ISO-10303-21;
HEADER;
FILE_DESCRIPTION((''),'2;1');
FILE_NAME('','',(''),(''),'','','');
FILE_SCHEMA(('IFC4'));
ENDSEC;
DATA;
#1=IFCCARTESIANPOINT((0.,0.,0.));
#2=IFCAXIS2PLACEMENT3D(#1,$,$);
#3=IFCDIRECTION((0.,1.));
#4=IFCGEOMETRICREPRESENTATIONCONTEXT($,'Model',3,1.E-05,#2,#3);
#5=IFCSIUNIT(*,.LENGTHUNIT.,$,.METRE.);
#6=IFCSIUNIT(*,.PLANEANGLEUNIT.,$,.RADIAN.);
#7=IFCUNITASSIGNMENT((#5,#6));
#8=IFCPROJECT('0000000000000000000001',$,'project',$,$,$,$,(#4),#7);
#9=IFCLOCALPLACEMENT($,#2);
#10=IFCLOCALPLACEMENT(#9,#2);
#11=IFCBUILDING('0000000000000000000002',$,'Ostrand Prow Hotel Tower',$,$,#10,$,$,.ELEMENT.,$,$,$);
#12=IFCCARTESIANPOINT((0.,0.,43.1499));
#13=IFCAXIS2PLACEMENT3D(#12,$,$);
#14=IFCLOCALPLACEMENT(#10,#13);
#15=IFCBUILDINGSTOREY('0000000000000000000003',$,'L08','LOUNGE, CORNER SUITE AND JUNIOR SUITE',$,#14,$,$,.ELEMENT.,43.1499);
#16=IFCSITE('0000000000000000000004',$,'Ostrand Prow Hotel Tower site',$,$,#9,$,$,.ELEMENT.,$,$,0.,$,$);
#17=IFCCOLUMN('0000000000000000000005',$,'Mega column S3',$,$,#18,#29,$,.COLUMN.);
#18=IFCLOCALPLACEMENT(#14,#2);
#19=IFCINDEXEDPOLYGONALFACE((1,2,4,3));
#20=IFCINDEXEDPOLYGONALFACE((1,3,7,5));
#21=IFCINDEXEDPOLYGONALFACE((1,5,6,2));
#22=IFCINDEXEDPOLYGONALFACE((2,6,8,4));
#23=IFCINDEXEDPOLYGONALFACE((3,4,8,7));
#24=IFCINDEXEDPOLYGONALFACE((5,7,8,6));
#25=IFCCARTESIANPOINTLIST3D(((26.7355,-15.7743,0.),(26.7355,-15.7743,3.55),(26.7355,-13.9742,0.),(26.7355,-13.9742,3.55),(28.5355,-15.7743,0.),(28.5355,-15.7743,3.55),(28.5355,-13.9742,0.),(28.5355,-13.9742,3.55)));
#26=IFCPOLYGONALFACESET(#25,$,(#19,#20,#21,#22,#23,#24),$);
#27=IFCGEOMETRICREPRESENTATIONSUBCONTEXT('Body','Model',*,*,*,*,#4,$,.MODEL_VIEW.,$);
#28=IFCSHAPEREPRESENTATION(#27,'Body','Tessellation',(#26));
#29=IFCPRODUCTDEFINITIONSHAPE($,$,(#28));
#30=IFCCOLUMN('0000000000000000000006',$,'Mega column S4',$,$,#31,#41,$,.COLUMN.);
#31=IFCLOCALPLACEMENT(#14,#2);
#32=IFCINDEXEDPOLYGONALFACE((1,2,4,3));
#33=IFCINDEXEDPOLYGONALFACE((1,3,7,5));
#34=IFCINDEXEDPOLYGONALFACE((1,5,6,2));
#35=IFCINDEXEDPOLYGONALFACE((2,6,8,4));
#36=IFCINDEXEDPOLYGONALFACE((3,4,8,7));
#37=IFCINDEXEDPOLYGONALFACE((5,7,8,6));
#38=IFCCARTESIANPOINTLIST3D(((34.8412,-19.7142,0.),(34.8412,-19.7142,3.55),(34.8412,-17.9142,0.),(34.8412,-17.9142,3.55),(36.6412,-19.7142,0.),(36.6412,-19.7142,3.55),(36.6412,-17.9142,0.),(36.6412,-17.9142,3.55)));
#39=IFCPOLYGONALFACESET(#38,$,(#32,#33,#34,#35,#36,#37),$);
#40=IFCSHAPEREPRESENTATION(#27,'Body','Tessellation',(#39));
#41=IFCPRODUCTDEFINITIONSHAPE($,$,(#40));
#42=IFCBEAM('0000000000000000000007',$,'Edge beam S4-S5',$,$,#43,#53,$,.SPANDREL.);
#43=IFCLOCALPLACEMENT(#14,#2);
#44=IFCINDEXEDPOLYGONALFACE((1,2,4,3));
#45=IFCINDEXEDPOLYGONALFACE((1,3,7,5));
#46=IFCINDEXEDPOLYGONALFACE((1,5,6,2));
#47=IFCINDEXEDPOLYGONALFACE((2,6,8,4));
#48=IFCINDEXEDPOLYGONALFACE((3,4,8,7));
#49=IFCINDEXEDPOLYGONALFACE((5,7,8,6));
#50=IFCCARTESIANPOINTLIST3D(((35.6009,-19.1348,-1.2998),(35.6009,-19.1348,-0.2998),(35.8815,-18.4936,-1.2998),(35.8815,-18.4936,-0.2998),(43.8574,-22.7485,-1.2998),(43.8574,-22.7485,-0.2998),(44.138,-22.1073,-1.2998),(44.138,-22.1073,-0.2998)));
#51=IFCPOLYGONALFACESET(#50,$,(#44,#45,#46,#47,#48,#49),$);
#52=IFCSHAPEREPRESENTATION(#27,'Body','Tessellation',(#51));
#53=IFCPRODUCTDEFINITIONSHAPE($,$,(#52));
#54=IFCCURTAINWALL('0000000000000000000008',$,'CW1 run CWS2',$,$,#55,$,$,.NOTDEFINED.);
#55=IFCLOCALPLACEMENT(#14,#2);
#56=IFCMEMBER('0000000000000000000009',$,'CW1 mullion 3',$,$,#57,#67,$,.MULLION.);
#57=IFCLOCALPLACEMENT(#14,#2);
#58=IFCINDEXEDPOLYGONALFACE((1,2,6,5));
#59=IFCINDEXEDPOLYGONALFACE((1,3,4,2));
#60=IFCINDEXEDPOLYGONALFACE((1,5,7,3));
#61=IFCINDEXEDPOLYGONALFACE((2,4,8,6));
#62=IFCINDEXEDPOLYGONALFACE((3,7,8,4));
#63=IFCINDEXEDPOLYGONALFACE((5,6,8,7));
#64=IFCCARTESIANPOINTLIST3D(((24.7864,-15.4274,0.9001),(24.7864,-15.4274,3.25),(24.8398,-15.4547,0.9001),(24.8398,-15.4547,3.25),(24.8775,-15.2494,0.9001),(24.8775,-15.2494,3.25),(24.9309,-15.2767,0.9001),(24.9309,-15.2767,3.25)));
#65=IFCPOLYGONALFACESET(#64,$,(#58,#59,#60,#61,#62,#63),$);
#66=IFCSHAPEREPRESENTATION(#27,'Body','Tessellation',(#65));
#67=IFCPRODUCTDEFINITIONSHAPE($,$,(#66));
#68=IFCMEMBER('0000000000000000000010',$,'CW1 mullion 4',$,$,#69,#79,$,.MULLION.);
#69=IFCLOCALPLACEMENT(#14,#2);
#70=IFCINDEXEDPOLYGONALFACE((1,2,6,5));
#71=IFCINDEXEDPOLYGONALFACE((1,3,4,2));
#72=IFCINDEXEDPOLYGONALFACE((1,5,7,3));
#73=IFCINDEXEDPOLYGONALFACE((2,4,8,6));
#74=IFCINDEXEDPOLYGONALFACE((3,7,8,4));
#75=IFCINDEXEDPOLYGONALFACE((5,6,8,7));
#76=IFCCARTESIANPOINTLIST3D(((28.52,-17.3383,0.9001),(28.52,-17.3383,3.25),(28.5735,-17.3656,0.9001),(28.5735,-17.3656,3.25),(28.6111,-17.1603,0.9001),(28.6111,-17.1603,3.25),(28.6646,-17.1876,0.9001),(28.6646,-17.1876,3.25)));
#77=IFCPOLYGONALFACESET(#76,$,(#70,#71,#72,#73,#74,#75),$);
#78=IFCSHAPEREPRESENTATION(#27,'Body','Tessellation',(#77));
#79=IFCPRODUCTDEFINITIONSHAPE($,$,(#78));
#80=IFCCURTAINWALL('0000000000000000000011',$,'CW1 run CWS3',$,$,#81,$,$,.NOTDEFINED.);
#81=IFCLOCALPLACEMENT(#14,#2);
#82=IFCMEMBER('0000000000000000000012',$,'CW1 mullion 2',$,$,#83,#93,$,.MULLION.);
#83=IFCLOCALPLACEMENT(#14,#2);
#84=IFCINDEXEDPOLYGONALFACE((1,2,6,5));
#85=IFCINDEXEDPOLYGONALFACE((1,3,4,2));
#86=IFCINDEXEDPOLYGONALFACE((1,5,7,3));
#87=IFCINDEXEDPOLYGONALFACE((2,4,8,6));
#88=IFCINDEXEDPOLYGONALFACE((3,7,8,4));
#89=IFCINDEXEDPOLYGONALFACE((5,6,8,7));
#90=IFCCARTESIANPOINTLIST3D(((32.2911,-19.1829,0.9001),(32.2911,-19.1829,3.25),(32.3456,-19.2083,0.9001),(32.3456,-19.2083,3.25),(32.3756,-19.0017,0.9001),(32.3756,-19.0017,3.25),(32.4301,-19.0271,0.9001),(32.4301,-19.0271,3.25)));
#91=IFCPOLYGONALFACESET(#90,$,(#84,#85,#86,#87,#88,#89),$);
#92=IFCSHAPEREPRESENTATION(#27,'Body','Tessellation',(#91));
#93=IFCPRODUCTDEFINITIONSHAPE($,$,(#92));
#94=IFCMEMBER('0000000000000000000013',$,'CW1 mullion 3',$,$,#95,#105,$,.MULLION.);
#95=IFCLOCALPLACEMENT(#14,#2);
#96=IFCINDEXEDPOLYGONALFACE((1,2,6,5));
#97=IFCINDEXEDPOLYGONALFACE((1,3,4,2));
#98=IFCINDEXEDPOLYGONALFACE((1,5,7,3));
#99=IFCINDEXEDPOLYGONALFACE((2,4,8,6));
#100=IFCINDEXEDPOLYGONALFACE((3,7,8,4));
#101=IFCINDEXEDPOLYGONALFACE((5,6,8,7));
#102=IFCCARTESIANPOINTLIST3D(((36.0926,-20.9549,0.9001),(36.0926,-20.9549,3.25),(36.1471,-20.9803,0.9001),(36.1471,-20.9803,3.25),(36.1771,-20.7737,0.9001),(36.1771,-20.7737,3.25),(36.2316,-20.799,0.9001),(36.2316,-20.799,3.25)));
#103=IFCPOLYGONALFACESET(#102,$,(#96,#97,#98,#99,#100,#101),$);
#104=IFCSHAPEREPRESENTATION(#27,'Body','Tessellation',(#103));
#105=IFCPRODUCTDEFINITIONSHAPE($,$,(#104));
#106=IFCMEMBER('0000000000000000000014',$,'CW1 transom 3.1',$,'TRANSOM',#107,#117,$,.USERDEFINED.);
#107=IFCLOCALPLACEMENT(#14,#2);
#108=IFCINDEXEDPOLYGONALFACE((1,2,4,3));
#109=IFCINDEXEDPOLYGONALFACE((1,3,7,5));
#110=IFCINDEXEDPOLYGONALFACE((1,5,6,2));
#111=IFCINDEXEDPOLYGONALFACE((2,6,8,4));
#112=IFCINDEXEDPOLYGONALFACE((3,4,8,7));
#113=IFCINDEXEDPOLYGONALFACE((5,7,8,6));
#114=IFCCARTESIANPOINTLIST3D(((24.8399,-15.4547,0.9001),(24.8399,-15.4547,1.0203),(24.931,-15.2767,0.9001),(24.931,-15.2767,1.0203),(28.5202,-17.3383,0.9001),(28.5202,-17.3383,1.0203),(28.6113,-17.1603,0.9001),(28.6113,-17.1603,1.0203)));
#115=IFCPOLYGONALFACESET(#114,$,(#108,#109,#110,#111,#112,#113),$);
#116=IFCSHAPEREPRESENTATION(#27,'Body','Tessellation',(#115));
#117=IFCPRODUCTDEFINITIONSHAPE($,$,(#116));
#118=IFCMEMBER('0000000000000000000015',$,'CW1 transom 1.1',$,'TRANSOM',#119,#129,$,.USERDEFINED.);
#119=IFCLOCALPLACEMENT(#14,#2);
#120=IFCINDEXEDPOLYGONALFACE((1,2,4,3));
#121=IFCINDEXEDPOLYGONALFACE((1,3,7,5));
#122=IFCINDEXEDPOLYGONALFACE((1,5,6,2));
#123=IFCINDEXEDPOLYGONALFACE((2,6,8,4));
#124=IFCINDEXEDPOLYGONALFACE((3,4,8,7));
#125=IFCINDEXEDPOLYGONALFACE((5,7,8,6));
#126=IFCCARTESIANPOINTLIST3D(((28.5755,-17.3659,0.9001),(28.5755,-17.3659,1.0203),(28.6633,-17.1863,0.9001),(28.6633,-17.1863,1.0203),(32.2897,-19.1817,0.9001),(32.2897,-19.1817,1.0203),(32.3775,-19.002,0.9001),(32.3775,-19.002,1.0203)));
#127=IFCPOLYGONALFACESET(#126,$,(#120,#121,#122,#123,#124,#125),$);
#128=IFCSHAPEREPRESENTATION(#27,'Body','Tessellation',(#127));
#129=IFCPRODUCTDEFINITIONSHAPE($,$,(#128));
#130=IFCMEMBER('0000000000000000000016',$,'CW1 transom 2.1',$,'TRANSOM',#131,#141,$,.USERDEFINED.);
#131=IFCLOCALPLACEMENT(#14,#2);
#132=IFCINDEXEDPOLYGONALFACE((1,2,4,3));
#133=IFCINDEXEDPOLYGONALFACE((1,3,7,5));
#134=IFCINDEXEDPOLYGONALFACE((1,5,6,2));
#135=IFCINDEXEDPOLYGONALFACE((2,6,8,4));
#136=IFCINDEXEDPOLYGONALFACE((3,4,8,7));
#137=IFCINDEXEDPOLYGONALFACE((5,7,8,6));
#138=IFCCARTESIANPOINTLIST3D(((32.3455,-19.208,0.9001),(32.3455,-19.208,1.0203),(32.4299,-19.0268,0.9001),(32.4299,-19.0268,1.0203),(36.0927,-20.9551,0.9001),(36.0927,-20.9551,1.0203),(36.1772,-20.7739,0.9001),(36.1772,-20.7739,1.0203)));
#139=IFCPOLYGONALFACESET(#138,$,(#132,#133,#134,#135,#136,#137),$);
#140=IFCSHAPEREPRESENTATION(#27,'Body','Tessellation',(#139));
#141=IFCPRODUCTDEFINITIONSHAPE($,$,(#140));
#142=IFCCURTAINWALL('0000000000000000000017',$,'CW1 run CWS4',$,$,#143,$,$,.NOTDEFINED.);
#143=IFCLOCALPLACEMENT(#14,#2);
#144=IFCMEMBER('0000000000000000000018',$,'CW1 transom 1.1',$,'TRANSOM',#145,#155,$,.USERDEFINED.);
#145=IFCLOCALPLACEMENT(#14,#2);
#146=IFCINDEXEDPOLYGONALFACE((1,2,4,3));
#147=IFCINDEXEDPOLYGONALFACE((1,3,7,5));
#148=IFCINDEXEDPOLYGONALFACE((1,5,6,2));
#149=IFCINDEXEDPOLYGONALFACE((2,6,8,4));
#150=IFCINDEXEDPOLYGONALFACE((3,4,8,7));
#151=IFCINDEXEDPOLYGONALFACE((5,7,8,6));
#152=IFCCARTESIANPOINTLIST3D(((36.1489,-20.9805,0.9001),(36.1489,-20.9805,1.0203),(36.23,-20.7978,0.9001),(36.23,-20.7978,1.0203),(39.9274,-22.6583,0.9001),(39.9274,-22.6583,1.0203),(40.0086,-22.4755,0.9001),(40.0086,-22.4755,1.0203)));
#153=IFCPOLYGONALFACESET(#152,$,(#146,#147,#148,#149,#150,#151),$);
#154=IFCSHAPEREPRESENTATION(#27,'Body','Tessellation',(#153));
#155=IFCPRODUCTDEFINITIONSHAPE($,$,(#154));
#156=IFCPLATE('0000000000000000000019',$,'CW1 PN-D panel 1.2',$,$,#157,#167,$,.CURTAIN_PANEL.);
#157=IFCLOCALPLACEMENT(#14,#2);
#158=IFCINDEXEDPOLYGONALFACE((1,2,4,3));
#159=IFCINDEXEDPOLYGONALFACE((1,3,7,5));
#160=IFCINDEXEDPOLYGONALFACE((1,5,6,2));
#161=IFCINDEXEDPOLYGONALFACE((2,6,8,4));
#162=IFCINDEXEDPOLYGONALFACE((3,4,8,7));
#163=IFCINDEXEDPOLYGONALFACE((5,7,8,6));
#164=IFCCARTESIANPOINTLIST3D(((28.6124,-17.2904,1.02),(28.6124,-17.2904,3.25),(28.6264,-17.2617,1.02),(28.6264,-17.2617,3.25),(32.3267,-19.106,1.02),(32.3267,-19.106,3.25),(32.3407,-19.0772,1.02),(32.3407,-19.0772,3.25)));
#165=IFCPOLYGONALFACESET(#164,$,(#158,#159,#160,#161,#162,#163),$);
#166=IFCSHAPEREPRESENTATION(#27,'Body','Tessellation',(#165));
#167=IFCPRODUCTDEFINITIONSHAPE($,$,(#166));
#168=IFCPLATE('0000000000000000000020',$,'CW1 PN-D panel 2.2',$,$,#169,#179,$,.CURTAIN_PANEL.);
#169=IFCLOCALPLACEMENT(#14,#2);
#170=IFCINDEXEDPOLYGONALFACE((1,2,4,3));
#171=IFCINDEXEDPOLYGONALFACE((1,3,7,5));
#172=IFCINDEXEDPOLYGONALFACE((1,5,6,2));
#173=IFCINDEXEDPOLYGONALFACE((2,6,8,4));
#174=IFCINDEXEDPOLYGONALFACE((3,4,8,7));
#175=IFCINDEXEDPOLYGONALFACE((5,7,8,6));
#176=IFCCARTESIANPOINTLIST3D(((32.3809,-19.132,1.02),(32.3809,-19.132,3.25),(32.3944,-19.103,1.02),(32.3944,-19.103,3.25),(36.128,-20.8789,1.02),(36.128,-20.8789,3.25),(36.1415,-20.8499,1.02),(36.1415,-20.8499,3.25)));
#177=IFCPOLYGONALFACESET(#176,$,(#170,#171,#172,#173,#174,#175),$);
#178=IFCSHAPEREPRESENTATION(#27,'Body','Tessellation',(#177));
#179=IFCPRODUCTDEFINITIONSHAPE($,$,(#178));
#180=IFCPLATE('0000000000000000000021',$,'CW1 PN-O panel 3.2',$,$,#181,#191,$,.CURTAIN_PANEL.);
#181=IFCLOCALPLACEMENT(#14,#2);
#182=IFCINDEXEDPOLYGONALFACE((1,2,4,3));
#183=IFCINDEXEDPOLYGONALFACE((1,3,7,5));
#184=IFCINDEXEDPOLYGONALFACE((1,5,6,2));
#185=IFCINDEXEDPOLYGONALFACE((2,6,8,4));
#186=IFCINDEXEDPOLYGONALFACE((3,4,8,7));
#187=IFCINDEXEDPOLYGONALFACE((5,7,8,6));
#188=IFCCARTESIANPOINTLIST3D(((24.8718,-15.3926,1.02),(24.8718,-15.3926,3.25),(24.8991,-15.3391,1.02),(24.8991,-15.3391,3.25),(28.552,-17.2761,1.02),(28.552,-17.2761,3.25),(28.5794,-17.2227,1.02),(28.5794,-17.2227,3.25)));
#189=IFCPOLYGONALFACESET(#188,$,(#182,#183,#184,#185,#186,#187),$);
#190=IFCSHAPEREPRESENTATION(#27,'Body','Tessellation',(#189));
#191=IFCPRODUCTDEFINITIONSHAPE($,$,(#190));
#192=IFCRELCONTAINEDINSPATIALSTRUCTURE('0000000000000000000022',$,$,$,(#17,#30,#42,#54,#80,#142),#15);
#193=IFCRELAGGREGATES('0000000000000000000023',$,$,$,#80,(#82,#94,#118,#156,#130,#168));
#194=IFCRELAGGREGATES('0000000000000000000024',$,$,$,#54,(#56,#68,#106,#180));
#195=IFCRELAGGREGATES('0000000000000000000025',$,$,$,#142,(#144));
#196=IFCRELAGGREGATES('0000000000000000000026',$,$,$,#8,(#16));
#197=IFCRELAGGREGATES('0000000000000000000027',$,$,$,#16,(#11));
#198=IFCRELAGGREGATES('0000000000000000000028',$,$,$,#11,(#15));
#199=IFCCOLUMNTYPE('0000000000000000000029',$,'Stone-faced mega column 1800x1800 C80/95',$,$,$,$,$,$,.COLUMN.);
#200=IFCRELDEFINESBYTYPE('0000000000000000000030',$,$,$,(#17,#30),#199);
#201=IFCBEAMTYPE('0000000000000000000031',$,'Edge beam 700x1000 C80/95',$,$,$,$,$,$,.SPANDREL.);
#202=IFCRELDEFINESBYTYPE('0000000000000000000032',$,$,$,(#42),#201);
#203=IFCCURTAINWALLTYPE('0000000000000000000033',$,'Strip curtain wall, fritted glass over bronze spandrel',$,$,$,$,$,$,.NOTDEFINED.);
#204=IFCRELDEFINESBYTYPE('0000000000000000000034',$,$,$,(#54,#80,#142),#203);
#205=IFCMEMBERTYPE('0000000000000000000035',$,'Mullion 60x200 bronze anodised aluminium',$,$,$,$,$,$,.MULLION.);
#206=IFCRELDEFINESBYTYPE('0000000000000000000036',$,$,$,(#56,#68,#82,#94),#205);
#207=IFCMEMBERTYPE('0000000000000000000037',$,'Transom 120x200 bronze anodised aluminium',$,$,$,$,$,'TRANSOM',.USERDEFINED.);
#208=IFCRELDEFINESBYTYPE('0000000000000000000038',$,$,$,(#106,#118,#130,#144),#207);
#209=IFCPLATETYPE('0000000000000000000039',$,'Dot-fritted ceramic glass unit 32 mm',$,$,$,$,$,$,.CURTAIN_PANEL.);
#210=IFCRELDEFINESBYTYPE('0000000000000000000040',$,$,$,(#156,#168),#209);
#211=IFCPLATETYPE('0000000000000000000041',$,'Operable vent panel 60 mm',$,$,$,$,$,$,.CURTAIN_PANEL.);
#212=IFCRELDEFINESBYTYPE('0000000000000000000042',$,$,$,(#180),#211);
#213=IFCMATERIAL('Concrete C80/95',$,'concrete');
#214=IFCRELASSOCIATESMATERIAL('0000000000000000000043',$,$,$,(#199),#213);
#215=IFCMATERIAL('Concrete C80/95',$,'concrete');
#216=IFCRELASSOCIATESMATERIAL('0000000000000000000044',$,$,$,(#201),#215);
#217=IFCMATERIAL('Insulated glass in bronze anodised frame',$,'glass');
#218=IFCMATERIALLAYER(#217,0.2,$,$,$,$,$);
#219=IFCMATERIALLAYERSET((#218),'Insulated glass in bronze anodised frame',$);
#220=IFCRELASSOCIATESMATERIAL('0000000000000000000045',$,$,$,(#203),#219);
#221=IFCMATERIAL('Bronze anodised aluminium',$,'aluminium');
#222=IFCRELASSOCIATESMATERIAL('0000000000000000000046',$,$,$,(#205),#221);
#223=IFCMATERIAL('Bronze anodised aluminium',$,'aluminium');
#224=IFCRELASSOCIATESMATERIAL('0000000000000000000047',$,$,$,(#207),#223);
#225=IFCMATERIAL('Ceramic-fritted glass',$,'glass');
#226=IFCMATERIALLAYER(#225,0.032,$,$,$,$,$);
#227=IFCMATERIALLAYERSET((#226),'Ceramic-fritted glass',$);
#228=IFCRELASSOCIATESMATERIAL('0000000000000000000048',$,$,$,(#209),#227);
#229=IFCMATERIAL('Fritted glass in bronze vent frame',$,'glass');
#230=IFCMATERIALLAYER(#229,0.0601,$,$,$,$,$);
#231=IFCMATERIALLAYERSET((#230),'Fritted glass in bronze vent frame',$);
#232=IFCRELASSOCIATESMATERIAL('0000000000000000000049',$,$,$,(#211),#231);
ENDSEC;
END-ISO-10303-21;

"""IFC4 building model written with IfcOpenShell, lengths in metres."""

from ifc_helpers import new_model, si_unit, direction, frame, origin, origin_2d, place, context, subcontext, project, spatial, rectangle, extrude, material, layer, layer_set, material_profile, profile_set, type_object, element, aggregate, save


model = new_model("IFC4")

# Units and contexts
model_context = context("Model", 3, precision=1e-05, world=origin(), true_north=direction((0.0, 1.0)))
body_context = subcontext(model_context, "Body", "Model", "MODEL_VIEW")
ifc_project = project(units=[si_unit("LENGTHUNIT", "METRE"), si_unit("PLANEANGLEUNIT", "RADIAN")], contexts=[model_context])

# Site, building, storey
site_placement = place(None, origin())
site = spatial("IfcSite", under=ifc_project, at=site_placement, Name="Ostrand Prow Hotel Tower site", CompositionType="ELEMENT", RefElevation=0.0)
building_placement = place(site_placement, origin())
building = spatial("IfcBuilding", under=site, at=building_placement, Name="Ostrand Prow Hotel Tower", CompositionType="ELEMENT")
storey_placement = place(building_placement, frame((0.0, 0.0, 43.1499)))
storey = spatial("IfcBuildingStorey", under=building, at=storey_placement, Name="L08", Description="LOUNGE, CORNER SUITE AND JUNIOR SUITE", CompositionType="ELEMENT", Elevation=43.1499)

# Columns
ifc_material_1 = material(Name="Concrete C80/95", Category="concrete")
ifc_material_profile_1 = material_profile(ifc_material_1, rectangle(XDim=1.8, YDim=1.8, at=origin_2d()), Name="RC 1800x1800")
ifc_profile_set_1 = profile_set([ifc_material_profile_1], Name="Concrete C80/95")
column_type = type_object("IfcColumnType", Name="Stone-faced mega column 1800x1800 C80/95", PredefinedType="COLUMN", material=ifc_profile_set_1)
for number, where, z_axis, x_axis, name in (
    (1, (27.6355, -14.8743, 0.0), (0.0, 0.0, 1.0), (1.0, 0.0, 0.0), "Mega column S3"),
    (2, (35.7412, -18.8142, 0.0), (0.0, 0.0, 1.0), (1.0, 0.0, 0.0), "Mega column S4"),
):
    element("IfcColumn", number, at=place(storey_placement, frame(where, z_axis=z_axis, x_axis=x_axis)), inside=storey, type_object=column_type, Name=name, PredefinedType="COLUMN", context=body_context, shape_type="SweptSolid", body=[
        extrude(rectangle(XDim=1.8, YDim=1.8, at=origin_2d()), origin(), (0.0, 0.0, 1.0), 3.55),
    ])

# Beam
ifc_material_2 = material(Name="Concrete C80/95", Category="concrete")
ifc_material_profile_2 = material_profile(ifc_material_2, rectangle(XDim=0.7, YDim=1.0, at=origin_2d()), Name="RC 700x1000")
ifc_profile_set_2 = profile_set([ifc_material_profile_2], Name="Concrete C80/95")
beam_type = type_object("IfcBeamType", Name="Edge beam 700x1000 C80/95", PredefinedType="SPANDREL", material=ifc_profile_set_2)
beam_placement = place(storey_placement, frame((35.7412, -18.8142, -0.7998), z_axis=(0.916096, -0.40096, 0.0), x_axis=(0.40096, 0.916096, 0.0)))
element("IfcBeam", 3, at=beam_placement, inside=storey, type_object=beam_type, Name="Edge beam S4-S5", PredefinedType="SPANDREL", context=body_context, shape_type="SweptSolid", body=[
    extrude(rectangle(XDim=0.7, YDim=1.0, at=origin_2d()), origin(), (0.0, 0.0, 1.0), 9.0127),
])

# Curtain walls, members
ifc_material_3 = material(Name="Insulated glass in bronze anodised frame", Category="glass")
ifc_layer_1 = layer(ifc_material_3, 0.2)
ifc_layer_set_1 = layer_set([ifc_layer_1], Name="Insulated glass in bronze anodised frame")
curtain_wall_type = type_object("IfcCurtainWallType", Name="Strip curtain wall, fritted glass over bronze spandrel", PredefinedType="NOTDEFINED", material=ifc_layer_set_1)
curtain_wall_1_placement = place(storey_placement, origin())
curtain_wall_1 = element("IfcCurtainWall", 4, at=curtain_wall_1_placement, inside=storey, type_object=curtain_wall_type, Name="CW1 run CWS2", PredefinedType="NOTDEFINED")
ifc_material_4 = material(Name="Bronze anodised aluminium", Category="aluminium")
ifc_material_profile_3 = material_profile(ifc_material_4, rectangle(XDim=0.2, YDim=0.0601, at=origin_2d()), Name="Mullion 60x200 bronze anodised aluminium")
ifc_profile_set_3 = profile_set([ifc_material_profile_3], Name="Bronze anodised aluminium")
member_type_1 = type_object("IfcMemberType", Name="Mullion 60x200 bronze anodised aluminium", PredefinedType="MULLION", material=ifc_profile_set_3)
member_1_placement = place(storey_placement, frame((24.8586, -15.3521, 0.9001), z_axis=(0.0, 0.0, 1.0), x_axis=(0.455596, 0.890187, 0.0)))
member_1 = element("IfcMember", 5, at=member_1_placement, type_object=member_type_1, Name="CW1 mullion 3", PredefinedType="MULLION", context=body_context, shape_type="SweptSolid", body=[
    extrude(rectangle(XDim=0.2, YDim=0.0601, at=origin_2d()), origin(), (0.0, 0.0, 1.0), 2.3499),
])
member_2_placement = place(storey_placement, frame((28.5923, -17.2629, 0.9001), z_axis=(0.0, 0.0, 1.0), x_axis=(0.455596, 0.890187, 0.0)))
member_2 = element("IfcMember", 6, at=member_2_placement, type_object=member_type_1, Name="CW1 mullion 4", PredefinedType="MULLION", context=body_context, shape_type="SweptSolid", body=[
    extrude(rectangle(XDim=0.2, YDim=0.0601, at=origin_2d()), origin(), (0.0, 0.0, 1.0), 2.3499),
])
curtain_wall_2_placement = place(storey_placement, origin())
curtain_wall_2 = element("IfcCurtainWall", 7, at=curtain_wall_2_placement, inside=storey, type_object=curtain_wall_type, Name="CW1 run CWS3", PredefinedType="NOTDEFINED")
member_3_placement = place(storey_placement, frame((32.3606, -19.105, 0.9001), z_axis=(0.0, 0.0, 1.0), x_axis=(0.42253, 0.906349, 0.0)))
member_3 = element("IfcMember", 8, at=member_3_placement, type_object=member_type_1, Name="CW1 mullion 2", PredefinedType="MULLION", context=body_context, shape_type="SweptSolid", body=[
    extrude(rectangle(XDim=0.2, YDim=0.0601, at=origin_2d()), origin(), (0.0, 0.0, 1.0), 2.3499),
])
member_4_placement = place(storey_placement, frame((36.1621, -20.877, 0.9001), z_axis=(0.0, 0.0, 1.0), x_axis=(0.42253, 0.906349, 0.0)))
member_4 = element("IfcMember", 9, at=member_4_placement, type_object=member_type_1, Name="CW1 mullion 3", PredefinedType="MULLION", context=body_context, shape_type="SweptSolid", body=[
    extrude(rectangle(XDim=0.2, YDim=0.0601, at=origin_2d()), origin(), (0.0, 0.0, 1.0), 2.3499),
])

# Members
ifc_material_5 = material(Name="Bronze anodised aluminium", Category="aluminium")
ifc_material_profile_4 = material_profile(ifc_material_5, rectangle(XDim=0.2, YDim=0.1201, at=origin_2d()), Name="Transom 120x200 bronze anodised aluminium")
ifc_profile_set_4 = profile_set([ifc_material_profile_4], Name="Bronze anodised aluminium")
member_type_2 = type_object("IfcMemberType", Name="Transom 120x200 bronze anodised aluminium", ElementType="TRANSOM", PredefinedType="USERDEFINED", material=ifc_profile_set_4)
member_5_placement = place(storey_placement, frame((24.8855, -15.3657, 0.9602), z_axis=(0.890183, -0.455603, 0.0), x_axis=(0.455603, 0.890183, 0.0)))
member_5 = element("IfcMember", 10, at=member_5_placement, type_object=member_type_2, Name="CW1 transom 3.1", ObjectType="TRANSOM", PredefinedType="USERDEFINED", context=body_context, shape_type="SweptSolid", body=[
    extrude(rectangle(XDim=0.2, YDim=0.1201, at=origin_2d()), origin(), (0.0, 0.0, 1.0), 4.1343),
])
member_6_placement = place(storey_placement, frame((28.6194, -17.2761, 0.9602), z_axis=(0.898395, -0.439188, 0.0), x_axis=(0.439188, 0.898395, 0.0)))
member_6 = element("IfcMember", 11, at=member_6_placement, type_object=member_type_2, Name="CW1 transom 1.1", ObjectType="TRANSOM", PredefinedType="USERDEFINED", context=body_context, shape_type="SweptSolid", body=[
    extrude(rectangle(XDim=0.2, YDim=0.1201, at=origin_2d()), origin(), (0.0, 0.0, 1.0), 4.1343),
])
member_7_placement = place(storey_placement, frame((32.3877, -19.1174, 0.9602), z_axis=(0.906338, -0.422552, 0.0), x_axis=(0.422552, 0.906338, 0.0)))
member_7 = element("IfcMember", 12, at=member_7_placement, type_object=member_type_2, Name="CW1 transom 2.1", ObjectType="TRANSOM", PredefinedType="USERDEFINED", context=body_context, shape_type="SweptSolid", body=[
    extrude(rectangle(XDim=0.2, YDim=0.1201, at=origin_2d()), origin(), (0.0, 0.0, 1.0), 4.1345),
])

# Curtain wall, member
curtain_wall_3_placement = place(storey_placement, origin())
curtain_wall_3 = element("IfcCurtainWall", 13, at=curtain_wall_3_placement, inside=storey, type_object=curtain_wall_type, Name="CW1 run CWS4", PredefinedType="NOTDEFINED")
member_8_placement = place(storey_placement, frame((36.1895, -20.8892, 0.9602), z_axis=(0.913958, -0.40581, 0.0), x_axis=(0.40581, 0.913958, 0.0)))
member_8 = element("IfcMember", 14, at=member_8_placement, type_object=member_type_2, Name="CW1 transom 1.1", ObjectType="TRANSOM", PredefinedType="USERDEFINED", context=body_context, shape_type="SweptSolid", body=[
    extrude(rectangle(XDim=0.2, YDim=0.1201, at=origin_2d()), origin(), (0.0, 0.0, 1.0), 4.1343),
])

# Plates
ifc_material_6 = material(Name="Ceramic-fritted glass", Category="glass")
ifc_layer_2 = layer(ifc_material_6, 0.032)
ifc_layer_set_2 = layer_set([ifc_layer_2], Name="Ceramic-fritted glass")
plate_type_1 = type_object("IfcPlateType", Name="Dot-fritted ceramic glass unit 32 mm", PredefinedType="CURTAIN_PANEL", material=ifc_layer_set_2)
plate_1_placement = place(storey_placement, frame((30.4766, -18.1838, 1.02), z_axis=(0.0, 0.0, 1.0), x_axis=(0.89842, -0.439138, 0.0)))
plate_1 = element("IfcPlate", 15, at=plate_1_placement, type_object=plate_type_1, Name="CW1 PN-D panel 1.2", PredefinedType="CURTAIN_PANEL", context=body_context, shape_type="SweptSolid", body=[
    extrude(rectangle(XDim=4.1343, YDim=0.032, at=origin_2d()), origin(), (0.0, 0.0, 1.0), 2.23),
])
plate_2_placement = place(storey_placement, frame((34.2612, -19.991, 1.02), z_axis=(0.0, 0.0, 1.0), x_axis=(0.906349, -0.42253, 0.0)))
plate_2 = element("IfcPlate", 16, at=plate_2_placement, type_object=plate_type_1, Name="CW1 PN-D panel 2.2", PredefinedType="CURTAIN_PANEL", context=body_context, shape_type="SweptSolid", body=[
    extrude(rectangle(XDim=4.1343, YDim=0.032, at=origin_2d()), origin(), (0.0, 0.0, 1.0), 2.23),
])
aggregate(curtain_wall_2, [member_3, member_4, member_6, plate_1, member_7, plate_2])
ifc_material_7 = material(Name="Fritted glass in bronze vent frame", Category="glass")
ifc_layer_3 = layer(ifc_material_7, 0.0601)
ifc_layer_set_3 = layer_set([ifc_layer_3], Name="Fritted glass in bronze vent frame")
plate_type_2 = type_object("IfcPlateType", Name="Operable vent panel 60 mm", PredefinedType="CURTAIN_PANEL", material=ifc_layer_set_3)
plate_3_placement = place(storey_placement, frame((26.7256, -16.3076, 1.02), z_axis=(0.0, 0.0, 1.0), x_axis=(0.890187, -0.455596, 0.0)))
plate_3 = element("IfcPlate", 17, at=plate_3_placement, type_object=plate_type_2, Name="CW1 PN-O panel 3.2", PredefinedType="CURTAIN_PANEL", context=body_context, shape_type="SweptSolid", body=[
    extrude(rectangle(XDim=4.1343, YDim=0.0601, at=origin_2d()), origin(), (0.0, 0.0, 1.0), 2.23),
])
aggregate(curtain_wall_1, [member_1, member_2, member_5, plate_3])
aggregate(curtain_wall_3, [member_8])

save(model, "model.ifc")
